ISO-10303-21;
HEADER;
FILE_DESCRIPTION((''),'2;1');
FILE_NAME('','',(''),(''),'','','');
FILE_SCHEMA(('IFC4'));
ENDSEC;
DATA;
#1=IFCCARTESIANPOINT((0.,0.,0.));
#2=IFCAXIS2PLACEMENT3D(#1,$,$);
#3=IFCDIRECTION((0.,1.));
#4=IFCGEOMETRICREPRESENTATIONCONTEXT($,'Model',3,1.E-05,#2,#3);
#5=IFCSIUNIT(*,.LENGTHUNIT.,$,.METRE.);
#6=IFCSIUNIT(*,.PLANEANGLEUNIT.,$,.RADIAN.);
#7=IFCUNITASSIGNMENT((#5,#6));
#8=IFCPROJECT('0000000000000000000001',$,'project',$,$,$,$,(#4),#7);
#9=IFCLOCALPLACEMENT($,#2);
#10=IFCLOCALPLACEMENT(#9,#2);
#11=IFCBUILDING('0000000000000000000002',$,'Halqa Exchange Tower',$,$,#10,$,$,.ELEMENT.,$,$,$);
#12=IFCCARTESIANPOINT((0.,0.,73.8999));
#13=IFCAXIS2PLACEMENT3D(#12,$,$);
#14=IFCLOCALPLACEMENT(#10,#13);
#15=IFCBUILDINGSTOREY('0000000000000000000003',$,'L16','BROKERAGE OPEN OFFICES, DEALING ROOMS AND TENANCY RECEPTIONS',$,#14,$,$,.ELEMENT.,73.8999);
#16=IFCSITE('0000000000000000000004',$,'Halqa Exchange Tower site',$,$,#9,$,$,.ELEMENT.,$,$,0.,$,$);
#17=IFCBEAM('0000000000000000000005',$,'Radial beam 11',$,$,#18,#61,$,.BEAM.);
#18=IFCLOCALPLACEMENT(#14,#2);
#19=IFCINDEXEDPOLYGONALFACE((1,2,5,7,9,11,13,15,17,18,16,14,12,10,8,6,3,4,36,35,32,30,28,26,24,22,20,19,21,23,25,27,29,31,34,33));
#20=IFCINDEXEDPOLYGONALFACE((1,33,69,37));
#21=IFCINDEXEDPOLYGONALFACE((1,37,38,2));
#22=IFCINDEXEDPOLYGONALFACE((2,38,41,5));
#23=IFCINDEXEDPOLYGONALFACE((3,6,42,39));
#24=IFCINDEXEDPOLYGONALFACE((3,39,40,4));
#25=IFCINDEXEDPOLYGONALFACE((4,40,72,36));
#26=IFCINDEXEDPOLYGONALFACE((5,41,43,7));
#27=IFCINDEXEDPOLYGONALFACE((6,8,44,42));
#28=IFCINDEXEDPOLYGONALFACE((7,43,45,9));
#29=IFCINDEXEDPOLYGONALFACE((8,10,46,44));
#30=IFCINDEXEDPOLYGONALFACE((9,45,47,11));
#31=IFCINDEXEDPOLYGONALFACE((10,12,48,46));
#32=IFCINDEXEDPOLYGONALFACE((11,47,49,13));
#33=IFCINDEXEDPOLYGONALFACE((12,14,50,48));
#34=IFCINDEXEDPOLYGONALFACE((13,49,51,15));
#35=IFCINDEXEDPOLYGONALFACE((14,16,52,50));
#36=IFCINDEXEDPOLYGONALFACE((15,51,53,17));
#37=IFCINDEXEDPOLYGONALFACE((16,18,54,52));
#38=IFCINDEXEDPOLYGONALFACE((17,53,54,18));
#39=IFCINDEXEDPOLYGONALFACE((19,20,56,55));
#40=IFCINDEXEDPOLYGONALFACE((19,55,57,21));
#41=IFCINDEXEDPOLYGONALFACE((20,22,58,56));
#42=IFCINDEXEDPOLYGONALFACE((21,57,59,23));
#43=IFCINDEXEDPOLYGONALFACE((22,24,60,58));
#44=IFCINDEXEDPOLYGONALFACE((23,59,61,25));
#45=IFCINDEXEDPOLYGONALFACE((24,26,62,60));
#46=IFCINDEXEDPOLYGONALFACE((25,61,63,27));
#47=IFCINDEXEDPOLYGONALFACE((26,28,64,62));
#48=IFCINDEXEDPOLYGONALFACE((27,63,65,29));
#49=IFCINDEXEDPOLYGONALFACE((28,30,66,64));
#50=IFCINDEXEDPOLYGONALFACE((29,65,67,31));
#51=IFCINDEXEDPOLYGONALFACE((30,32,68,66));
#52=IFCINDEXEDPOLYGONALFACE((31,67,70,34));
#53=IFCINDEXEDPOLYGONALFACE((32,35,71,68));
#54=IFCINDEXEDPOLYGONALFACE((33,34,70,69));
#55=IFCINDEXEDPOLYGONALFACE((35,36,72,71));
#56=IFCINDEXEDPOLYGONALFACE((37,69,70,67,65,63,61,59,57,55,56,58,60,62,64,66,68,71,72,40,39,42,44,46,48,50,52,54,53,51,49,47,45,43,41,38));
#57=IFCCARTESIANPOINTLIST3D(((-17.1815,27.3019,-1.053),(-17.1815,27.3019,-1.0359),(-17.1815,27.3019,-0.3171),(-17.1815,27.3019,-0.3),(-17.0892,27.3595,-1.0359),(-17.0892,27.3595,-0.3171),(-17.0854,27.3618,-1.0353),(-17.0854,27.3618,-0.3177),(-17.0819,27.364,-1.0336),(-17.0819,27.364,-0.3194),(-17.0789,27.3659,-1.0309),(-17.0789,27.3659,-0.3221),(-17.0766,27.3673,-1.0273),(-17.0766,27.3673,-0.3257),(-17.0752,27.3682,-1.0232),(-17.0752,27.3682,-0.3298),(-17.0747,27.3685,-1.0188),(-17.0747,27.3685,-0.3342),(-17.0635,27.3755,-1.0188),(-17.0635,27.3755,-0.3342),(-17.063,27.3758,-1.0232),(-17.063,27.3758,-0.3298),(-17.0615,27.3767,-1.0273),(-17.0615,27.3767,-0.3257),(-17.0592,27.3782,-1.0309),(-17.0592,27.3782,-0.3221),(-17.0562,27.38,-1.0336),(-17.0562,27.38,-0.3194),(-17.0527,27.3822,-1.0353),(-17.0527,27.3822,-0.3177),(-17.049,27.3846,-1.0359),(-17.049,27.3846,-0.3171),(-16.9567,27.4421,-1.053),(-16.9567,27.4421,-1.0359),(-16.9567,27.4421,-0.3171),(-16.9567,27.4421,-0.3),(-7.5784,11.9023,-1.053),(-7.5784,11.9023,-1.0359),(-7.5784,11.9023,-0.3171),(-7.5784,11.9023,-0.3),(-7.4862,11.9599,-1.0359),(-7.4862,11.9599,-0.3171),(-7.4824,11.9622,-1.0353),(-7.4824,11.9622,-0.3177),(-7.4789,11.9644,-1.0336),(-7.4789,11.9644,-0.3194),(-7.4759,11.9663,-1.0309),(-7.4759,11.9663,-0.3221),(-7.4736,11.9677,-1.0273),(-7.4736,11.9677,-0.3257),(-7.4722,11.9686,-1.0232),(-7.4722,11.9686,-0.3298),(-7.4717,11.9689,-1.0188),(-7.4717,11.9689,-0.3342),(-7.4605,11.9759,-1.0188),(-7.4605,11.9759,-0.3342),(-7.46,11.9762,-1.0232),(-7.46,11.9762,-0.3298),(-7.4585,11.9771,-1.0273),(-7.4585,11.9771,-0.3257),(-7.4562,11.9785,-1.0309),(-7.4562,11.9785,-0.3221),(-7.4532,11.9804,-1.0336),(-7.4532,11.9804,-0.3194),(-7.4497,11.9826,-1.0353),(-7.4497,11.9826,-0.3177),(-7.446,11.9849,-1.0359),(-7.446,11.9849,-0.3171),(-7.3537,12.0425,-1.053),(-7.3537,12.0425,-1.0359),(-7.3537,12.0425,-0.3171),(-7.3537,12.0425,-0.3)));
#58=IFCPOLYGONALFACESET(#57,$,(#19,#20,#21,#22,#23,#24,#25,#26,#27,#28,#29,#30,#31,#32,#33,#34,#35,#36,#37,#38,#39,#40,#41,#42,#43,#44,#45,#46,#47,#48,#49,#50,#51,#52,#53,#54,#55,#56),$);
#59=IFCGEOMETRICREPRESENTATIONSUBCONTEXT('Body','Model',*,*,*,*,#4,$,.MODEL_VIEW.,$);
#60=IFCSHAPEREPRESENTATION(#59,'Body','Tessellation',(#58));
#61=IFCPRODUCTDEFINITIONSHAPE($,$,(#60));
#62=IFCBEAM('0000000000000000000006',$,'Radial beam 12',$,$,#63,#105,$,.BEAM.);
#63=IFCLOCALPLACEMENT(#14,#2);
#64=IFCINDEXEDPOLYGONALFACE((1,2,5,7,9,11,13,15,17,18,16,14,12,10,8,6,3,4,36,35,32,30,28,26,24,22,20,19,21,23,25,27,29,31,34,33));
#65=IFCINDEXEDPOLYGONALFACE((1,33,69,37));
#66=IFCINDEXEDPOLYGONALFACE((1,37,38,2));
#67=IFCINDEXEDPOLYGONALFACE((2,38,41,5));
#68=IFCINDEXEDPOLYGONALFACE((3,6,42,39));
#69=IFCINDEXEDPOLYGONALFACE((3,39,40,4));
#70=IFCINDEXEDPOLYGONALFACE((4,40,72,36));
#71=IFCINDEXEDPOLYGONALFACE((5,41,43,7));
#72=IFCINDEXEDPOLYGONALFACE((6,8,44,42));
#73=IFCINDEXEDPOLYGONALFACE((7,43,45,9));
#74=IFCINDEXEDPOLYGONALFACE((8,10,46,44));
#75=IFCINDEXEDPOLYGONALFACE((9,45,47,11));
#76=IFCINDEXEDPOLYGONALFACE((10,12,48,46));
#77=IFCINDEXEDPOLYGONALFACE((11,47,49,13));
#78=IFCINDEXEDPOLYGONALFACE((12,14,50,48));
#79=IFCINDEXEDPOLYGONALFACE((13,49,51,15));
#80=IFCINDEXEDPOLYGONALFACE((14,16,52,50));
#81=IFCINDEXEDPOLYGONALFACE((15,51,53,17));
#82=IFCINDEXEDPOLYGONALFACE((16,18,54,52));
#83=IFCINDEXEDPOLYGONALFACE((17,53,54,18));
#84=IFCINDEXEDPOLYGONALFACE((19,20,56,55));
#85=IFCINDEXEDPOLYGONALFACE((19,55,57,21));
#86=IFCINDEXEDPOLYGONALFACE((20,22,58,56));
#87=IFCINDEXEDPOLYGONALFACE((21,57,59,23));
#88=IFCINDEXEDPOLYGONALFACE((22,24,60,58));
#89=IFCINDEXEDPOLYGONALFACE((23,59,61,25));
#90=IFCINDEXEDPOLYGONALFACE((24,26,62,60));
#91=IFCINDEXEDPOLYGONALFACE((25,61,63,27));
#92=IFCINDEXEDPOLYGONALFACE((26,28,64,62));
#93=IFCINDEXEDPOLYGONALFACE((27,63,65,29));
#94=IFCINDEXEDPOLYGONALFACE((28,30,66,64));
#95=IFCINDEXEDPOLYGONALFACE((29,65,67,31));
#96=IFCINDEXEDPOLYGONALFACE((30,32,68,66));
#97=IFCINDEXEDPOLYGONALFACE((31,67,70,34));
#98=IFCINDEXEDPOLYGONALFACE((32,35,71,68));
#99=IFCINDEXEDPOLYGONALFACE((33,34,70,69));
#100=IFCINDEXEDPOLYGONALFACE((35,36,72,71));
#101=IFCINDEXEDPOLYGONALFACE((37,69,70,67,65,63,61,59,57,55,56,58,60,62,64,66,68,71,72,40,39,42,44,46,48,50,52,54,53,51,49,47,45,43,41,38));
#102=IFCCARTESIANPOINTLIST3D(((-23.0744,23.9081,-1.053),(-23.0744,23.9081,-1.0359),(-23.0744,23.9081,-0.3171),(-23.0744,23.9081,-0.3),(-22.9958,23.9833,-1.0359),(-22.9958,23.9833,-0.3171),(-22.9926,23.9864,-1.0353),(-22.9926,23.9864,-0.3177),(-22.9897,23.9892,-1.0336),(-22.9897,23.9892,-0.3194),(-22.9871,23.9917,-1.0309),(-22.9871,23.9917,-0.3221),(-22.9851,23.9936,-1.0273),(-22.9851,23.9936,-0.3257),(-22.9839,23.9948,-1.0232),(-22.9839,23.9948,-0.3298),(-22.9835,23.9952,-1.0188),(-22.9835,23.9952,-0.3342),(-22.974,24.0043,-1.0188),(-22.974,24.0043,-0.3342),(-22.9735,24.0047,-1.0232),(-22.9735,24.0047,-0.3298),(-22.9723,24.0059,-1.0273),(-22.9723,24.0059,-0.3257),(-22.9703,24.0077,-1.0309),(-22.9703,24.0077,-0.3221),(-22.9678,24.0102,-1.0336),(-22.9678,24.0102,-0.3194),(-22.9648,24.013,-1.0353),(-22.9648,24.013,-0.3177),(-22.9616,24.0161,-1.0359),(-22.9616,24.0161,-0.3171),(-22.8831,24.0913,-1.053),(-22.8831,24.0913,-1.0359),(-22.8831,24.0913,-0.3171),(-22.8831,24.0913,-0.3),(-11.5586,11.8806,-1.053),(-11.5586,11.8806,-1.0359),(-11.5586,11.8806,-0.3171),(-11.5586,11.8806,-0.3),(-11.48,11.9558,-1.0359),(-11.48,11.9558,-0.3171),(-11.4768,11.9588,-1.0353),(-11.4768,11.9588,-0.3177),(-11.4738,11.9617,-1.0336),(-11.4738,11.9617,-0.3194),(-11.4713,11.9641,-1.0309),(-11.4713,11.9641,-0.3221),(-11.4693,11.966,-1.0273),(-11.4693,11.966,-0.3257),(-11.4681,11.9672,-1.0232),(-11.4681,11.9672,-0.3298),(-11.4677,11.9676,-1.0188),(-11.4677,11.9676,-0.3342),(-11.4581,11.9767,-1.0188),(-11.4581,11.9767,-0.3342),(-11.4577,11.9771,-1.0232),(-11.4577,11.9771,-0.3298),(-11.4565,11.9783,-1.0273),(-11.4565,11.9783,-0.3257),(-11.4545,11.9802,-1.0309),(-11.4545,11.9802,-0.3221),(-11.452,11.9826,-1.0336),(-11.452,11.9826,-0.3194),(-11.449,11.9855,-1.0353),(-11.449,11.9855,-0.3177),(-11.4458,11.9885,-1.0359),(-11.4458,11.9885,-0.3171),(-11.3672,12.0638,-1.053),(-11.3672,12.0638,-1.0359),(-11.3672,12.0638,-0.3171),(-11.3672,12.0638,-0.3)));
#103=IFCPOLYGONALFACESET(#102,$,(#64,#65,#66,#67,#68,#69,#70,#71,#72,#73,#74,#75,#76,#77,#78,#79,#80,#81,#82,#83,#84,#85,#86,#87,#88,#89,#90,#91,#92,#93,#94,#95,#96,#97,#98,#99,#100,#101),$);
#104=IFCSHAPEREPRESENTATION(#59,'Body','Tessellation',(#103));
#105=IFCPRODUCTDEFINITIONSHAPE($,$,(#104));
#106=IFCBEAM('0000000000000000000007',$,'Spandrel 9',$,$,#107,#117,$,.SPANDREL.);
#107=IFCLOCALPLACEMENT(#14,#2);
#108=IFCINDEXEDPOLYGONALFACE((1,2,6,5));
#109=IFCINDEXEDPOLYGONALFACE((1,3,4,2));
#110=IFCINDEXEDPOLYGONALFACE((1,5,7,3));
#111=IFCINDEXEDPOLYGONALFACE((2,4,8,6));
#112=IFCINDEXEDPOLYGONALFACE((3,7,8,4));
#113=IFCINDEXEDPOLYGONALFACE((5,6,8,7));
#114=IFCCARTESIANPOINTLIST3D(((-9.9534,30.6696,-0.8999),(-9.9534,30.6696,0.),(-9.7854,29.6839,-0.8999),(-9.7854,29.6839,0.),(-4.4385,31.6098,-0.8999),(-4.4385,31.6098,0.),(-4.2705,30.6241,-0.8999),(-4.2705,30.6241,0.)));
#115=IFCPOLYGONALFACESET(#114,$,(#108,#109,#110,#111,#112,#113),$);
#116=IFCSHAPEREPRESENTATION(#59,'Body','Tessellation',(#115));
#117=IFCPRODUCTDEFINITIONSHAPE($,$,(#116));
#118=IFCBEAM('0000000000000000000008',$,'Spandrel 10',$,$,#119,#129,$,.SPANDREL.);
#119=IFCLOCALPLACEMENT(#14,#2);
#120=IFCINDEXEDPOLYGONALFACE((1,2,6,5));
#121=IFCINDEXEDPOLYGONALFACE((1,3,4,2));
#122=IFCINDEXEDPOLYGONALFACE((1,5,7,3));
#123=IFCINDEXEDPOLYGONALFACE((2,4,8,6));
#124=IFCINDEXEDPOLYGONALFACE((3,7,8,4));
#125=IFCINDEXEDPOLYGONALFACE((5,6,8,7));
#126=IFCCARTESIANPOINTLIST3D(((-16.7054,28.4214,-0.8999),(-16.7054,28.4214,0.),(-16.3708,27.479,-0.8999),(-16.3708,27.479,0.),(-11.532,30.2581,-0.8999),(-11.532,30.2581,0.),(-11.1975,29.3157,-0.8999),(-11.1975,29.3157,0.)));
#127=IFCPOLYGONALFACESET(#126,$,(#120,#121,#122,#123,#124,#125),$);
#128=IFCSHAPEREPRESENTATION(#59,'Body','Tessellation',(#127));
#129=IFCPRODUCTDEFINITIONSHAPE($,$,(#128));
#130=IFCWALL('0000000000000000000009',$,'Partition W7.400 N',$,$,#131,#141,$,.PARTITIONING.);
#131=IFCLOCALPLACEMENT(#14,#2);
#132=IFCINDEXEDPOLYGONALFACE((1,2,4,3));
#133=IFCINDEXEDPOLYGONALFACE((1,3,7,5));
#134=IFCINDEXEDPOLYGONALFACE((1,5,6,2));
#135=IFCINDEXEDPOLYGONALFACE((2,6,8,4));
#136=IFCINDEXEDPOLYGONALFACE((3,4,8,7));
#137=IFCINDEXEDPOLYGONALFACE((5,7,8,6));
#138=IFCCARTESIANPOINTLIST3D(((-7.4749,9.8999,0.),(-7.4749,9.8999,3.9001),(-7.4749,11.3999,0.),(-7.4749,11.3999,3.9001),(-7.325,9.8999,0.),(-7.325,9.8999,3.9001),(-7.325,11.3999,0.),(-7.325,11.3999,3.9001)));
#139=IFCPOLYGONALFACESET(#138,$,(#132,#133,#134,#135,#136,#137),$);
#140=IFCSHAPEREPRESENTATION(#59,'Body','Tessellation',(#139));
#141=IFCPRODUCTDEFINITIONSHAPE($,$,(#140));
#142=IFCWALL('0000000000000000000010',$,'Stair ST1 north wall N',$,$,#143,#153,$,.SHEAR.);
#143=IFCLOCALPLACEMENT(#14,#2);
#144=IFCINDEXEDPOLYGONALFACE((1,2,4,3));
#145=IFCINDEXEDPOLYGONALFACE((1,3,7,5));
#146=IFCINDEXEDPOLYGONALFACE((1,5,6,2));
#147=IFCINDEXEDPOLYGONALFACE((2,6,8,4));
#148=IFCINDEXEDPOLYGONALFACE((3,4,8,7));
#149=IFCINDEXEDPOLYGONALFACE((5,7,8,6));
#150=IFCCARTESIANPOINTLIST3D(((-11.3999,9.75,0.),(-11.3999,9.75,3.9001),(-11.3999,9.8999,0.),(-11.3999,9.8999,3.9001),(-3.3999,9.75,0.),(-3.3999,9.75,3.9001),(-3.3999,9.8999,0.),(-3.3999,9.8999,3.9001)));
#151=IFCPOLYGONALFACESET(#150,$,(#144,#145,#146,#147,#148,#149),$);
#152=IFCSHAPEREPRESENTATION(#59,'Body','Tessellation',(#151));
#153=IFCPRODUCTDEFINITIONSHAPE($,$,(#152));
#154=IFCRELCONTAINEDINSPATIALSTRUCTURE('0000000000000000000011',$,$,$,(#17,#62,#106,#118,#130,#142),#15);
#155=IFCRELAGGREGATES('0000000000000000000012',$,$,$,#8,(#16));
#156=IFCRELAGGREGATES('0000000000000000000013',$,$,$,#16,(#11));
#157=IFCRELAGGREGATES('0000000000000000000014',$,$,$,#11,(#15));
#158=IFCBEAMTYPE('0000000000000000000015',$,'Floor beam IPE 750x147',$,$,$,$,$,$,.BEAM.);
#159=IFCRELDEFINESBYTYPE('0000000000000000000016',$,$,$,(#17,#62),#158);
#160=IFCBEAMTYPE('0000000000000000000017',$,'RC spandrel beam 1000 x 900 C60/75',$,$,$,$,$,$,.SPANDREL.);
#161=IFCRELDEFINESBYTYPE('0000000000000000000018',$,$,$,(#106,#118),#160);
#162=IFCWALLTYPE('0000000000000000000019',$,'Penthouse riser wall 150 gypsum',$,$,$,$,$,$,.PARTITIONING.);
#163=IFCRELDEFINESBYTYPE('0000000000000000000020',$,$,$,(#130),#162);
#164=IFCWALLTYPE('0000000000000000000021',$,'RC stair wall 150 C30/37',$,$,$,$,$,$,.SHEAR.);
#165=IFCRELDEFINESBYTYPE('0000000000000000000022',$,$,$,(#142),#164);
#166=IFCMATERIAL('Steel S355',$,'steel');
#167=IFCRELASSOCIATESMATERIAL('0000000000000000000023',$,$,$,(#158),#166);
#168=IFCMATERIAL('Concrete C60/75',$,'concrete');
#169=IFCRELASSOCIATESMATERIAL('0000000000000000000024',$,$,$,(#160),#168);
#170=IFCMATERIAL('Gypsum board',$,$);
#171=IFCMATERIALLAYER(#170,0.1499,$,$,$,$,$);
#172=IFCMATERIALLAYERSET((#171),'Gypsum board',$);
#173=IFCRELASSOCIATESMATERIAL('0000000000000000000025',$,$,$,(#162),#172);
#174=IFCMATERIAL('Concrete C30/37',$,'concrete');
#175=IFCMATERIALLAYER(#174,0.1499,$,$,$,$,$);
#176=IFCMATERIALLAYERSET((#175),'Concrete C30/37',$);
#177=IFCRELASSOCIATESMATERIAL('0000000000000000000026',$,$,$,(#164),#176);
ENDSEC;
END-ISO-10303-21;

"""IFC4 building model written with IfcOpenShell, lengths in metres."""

from ifc_helpers import new_model, si_unit, direction, frame, frame_2d, origin, origin_2d, place, context, subcontext, project, spatial, rectangle, i_section, extrude, material, layer, layer_set, material_profile, profile_set, type_object, element, save


model = new_model("IFC4")

# Units and contexts
model_context = context("Model", 3, precision=1e-05, world=origin(), true_north=direction((0.0, 1.0)))
body_context = subcontext(model_context, "Body", "Model", "MODEL_VIEW")
ifc_project = project(units=[si_unit("LENGTHUNIT", "METRE"), si_unit("PLANEANGLEUNIT", "RADIAN")], contexts=[model_context])

# Site, building, storey
site_placement = place(None, origin())
site = spatial("IfcSite", under=ifc_project, at=site_placement, Name="Halqa Exchange Tower site", CompositionType="ELEMENT", RefElevation=0.0)
building_placement = place(site_placement, origin())
building = spatial("IfcBuilding", under=site, at=building_placement, Name="Halqa Exchange Tower", CompositionType="ELEMENT")
storey_placement = place(building_placement, frame((0.0, 0.0, 73.8999)))
storey = spatial("IfcBuildingStorey", under=building, at=storey_placement, Name="L16", Description="BROKERAGE OPEN OFFICES, DEALING ROOMS AND TENANCY RECEPTIONS", CompositionType="ELEMENT", Elevation=73.8999)

# Beams
ifc_material_1 = material(Name="Steel S355", Category="steel")
ifc_material_profile_1 = material_profile(ifc_material_1, i_section(OverallWidth=0.2649, OverallDepth=0.7529, WebThickness=0.0132, FlangeThickness=0.0171, FilletRadius=0.0171, at=origin_2d()), Name="IPE 750x147")
ifc_profile_set_1 = profile_set([ifc_material_profile_1], Name="Steel S355")
beam_type_1 = type_object("IfcBeamType", Name="Floor beam IPE 750x147", PredefinedType="BEAM", material=ifc_profile_set_1)
beam_1_placement = place(storey_placement, frame((-7.4661, 11.9724, -0.6765), z_axis=(-0.529137, 0.848537, 0.0), x_axis=(-0.848537, -0.529137, 0.0)))
element("IfcBeam", 1, at=beam_1_placement, inside=storey, type_object=beam_type_1, Name="Radial beam 11", PredefinedType="BEAM", context=body_context, shape_type="SweptSolid", body=[
    extrude(i_section(OverallWidth=0.2649, OverallDepth=0.7529, WebThickness=0.0132, FlangeThickness=0.0171, FilletRadius=0.0171, at=origin_2d()), origin(), (0.0, 0.0, 1.0), 18.1484),
])
beam_2_placement = place(storey_placement, frame((-11.4629, 11.9722, -0.6765), z_axis=(-0.691574, 0.722305, 0.0), x_axis=(-0.722305, -0.691574, 0.0)))
element("IfcBeam", 2, at=beam_2_placement, inside=storey, type_object=beam_type_1, Name="Radial beam 12", PredefinedType="BEAM", context=body_context, shape_type="SweptSolid", body=[
    extrude(i_section(OverallWidth=0.2649, OverallDepth=0.7529, WebThickness=0.0132, FlangeThickness=0.0171, FilletRadius=0.0171, at=origin_2d()), origin(), (0.0, 0.0, 1.0), 16.6516),
])
ifc_material_2 = material(Name="Concrete C60/75", Category="concrete")
ifc_material_profile_2 = material_profile(ifc_material_2, rectangle(XDim=1.0, YDim=0.8999, at=origin_2d()), Name="1000 x 900")
ifc_profile_set_2 = profile_set([ifc_material_profile_2], Name="Concrete C60/75")
beam_type_2 = type_object("IfcBeamType", Name="RC spandrel beam 1000 x 900 C60/75", PredefinedType="SPANDREL", material=ifc_profile_set_2)
beam_3_placement = place(storey_placement, frame((-4.3545, 31.1169, -0.45), z_axis=(-0.985777, -0.168057, 0.0), x_axis=(0.168057, -0.985777, 0.0)))
element("IfcBeam", 3, at=beam_3_placement, inside=storey, type_object=beam_type_2, Name="Spandrel 9", PredefinedType="SPANDREL", context=body_context, shape_type="SweptSolid", body=[
    extrude(rectangle(XDim=1.0, YDim=0.8999, at=origin_2d()), origin(), (0.0, 0.0, 1.0), 5.5945),
])
beam_4_placement = place(storey_placement, frame((-11.3647, 29.7869, -0.45), z_axis=(-0.942372, -0.334567, 0.0), x_axis=(0.334567, -0.942372, 0.0)))
element("IfcBeam", 4, at=beam_4_placement, inside=storey, type_object=beam_type_2, Name="Spandrel 10", PredefinedType="SPANDREL", context=body_context, shape_type="SweptSolid", body=[
    extrude(rectangle(XDim=1.0, YDim=0.8999, at=origin_2d()), origin(), (0.0, 0.0, 1.0), 5.4897),
])

# Walls
ifc_material_3 = material(Name="Gypsum board")
ifc_layer_1 = layer(ifc_material_3, 0.1499)
ifc_layer_set_1 = layer_set([ifc_layer_1], Name="Gypsum board")
wall_type_1 = type_object("IfcWallType", Name="Penthouse riser wall 150 gypsum", PredefinedType="PARTITIONING", material=ifc_layer_set_1)
wall_1_placement = place(storey_placement, frame((-7.3999, 9.8999, 0.0), z_axis=(0.0, 0.0, 1.0), x_axis=(0.0, 1.0, 0.0)))
element("IfcWall", 5, at=wall_1_placement, inside=storey, type_object=wall_type_1, Name="Partition W7.400 N", PredefinedType="PARTITIONING", context=body_context, shape_type="SweptSolid", body=[
    extrude(rectangle(XDim=1.5, YDim=0.1499, at=frame_2d((0.75, 0.0))), origin(), (0.0, 0.0, 1.0), 3.9001),
])
ifc_material_4 = material(Name="Concrete C30/37", Category="concrete")
ifc_layer_2 = layer(ifc_material_4, 0.1499)
ifc_layer_set_2 = layer_set([ifc_layer_2], Name="Concrete C30/37")
wall_type_2 = type_object("IfcWallType", Name="RC stair wall 150 C30/37", PredefinedType="SHEAR", material=ifc_layer_set_2)
wall_2_placement = place(storey_placement, frame((-11.3999, 9.825, 0.0), z_axis=(0.0, 0.0, 1.0), x_axis=(1.0, 0.0, 0.0)))
element("IfcWall", 6, at=wall_2_placement, inside=storey, type_object=wall_type_2, Name="Stair ST1 north wall N", PredefinedType="SHEAR", context=body_context, shape_type="SweptSolid", body=[
    extrude(rectangle(XDim=8.0, YDim=0.1499, at=frame_2d((4.0, 0.0))), origin(), (0.0, 0.0, 1.0), 3.9001),
])

save(model, "model.ifc")
